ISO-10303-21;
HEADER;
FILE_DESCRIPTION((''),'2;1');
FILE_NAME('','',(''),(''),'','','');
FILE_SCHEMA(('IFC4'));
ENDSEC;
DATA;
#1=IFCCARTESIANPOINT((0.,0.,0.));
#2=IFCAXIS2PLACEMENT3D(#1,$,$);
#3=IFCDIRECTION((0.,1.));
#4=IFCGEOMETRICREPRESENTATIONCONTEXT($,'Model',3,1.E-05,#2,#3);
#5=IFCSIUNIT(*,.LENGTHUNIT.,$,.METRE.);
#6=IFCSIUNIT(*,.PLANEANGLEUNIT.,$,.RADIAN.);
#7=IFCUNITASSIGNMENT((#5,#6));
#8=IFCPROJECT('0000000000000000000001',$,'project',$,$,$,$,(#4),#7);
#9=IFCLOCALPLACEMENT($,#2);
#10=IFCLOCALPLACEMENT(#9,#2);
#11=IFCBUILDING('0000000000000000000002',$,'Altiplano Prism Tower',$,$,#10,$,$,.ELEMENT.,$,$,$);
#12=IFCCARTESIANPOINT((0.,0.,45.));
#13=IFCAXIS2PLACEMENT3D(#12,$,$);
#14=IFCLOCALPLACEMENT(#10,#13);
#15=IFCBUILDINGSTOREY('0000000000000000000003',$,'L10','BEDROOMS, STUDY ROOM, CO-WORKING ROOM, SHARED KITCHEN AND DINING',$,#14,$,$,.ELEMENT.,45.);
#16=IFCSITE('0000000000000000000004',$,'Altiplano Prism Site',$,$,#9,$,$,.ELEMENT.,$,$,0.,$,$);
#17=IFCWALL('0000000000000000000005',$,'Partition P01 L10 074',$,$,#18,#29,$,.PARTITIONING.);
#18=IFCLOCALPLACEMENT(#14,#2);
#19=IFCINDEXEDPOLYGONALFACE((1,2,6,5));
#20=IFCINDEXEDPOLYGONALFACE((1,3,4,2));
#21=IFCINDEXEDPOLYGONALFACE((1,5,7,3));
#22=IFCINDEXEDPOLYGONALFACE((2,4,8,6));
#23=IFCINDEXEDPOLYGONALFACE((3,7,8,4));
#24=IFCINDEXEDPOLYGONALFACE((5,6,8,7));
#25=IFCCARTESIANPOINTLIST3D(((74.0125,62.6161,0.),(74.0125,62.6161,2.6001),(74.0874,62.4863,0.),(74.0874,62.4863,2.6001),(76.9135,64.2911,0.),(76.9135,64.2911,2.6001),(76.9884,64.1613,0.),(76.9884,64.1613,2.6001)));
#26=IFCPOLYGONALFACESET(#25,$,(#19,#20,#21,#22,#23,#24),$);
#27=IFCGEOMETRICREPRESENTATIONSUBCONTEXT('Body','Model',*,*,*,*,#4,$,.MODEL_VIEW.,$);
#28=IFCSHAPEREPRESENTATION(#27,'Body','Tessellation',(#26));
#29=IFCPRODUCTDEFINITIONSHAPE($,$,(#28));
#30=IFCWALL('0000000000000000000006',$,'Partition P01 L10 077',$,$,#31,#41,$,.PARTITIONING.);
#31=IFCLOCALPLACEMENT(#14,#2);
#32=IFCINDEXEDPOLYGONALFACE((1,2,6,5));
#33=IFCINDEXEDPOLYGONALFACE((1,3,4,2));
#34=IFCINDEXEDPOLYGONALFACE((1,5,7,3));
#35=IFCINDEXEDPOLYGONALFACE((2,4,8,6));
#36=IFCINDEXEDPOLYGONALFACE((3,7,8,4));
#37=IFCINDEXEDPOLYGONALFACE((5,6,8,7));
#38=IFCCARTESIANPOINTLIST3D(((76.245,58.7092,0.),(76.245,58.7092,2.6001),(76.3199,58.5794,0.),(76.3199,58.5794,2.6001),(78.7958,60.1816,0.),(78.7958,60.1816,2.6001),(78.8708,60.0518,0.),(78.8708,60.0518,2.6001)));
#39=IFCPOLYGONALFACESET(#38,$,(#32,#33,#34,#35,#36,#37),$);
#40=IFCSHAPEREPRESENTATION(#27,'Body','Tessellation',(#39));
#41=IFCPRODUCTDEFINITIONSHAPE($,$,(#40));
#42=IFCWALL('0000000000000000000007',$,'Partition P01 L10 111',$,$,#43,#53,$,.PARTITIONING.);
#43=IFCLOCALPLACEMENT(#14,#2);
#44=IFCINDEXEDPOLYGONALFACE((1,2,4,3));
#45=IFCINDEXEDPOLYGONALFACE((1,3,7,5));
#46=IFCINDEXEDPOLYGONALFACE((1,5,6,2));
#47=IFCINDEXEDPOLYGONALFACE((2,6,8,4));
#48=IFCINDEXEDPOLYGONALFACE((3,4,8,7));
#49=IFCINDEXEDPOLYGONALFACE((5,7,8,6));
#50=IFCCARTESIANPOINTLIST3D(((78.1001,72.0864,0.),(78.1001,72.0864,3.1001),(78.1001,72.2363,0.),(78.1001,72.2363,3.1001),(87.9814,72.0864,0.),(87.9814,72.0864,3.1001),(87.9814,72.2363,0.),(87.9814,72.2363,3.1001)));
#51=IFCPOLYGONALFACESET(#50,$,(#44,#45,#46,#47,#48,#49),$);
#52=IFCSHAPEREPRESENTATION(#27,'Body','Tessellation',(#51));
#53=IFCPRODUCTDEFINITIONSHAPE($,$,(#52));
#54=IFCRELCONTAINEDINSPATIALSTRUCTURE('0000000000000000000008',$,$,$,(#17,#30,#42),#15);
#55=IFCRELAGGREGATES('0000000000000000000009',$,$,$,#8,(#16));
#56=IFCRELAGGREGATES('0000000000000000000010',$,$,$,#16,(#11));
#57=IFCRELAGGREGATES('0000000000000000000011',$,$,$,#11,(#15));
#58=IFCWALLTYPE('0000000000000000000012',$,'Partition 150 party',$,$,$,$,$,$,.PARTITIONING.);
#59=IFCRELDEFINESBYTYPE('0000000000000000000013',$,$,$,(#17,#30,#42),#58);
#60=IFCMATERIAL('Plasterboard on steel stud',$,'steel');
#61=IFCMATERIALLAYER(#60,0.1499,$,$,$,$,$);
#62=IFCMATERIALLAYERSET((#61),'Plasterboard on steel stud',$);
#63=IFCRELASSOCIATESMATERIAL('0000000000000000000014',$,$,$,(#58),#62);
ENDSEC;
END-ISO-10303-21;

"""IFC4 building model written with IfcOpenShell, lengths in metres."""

from ifc_helpers import new_model, si_unit, direction, frame, frame_2d, origin, place, context, subcontext, project, spatial, rectangle, extrude, material, layer, layer_set, type_object, element, save


model = new_model("IFC4")

# Units and contexts
model_context = context("Model", 3, precision=1e-05, world=origin(), true_north=direction((0.0, 1.0)))
body_context = subcontext(model_context, "Body", "Model", "MODEL_VIEW")
ifc_project = project(units=[si_unit("LENGTHUNIT", "METRE"), si_unit("PLANEANGLEUNIT", "RADIAN")], contexts=[model_context])

# Site, building, storey
site_placement = place(None, origin())
site = spatial("IfcSite", under=ifc_project, at=site_placement, Name="Altiplano Prism Site", CompositionType="ELEMENT", RefElevation=0.0)
building_placement = place(site_placement, origin())
building = spatial("IfcBuilding", under=site, at=building_placement, Name="Altiplano Prism Tower", CompositionType="ELEMENT")
storey_placement = place(building_placement, frame((0.0, 0.0, 45.0)))
storey = spatial("IfcBuildingStorey", under=building, at=storey_placement, Name="L10", Description="BEDROOMS, STUDY ROOM, CO-WORKING ROOM, SHARED KITCHEN AND DINING", CompositionType="ELEMENT", Elevation=45.0)

# Shared definitions
ifc_material_1 = material(Name="Plasterboard on steel stud", Category="steel")

# Walls
ifc_layer_1 = layer(ifc_material_1, 0.1499)
ifc_layer_set_1 = layer_set([ifc_layer_1], Name="Plasterboard on steel stud")
wall_type_1 = type_object("IfcWallType", Name="Partition 150 party", PredefinedType="PARTITIONING", material=ifc_layer_set_1)
wall_1_placement = place(storey_placement, frame((74.05, 62.5513, 0.0), z_axis=(0.0, 0.0, 1.0), x_axis=(0.866014, 0.500019, 0.0)))
element("IfcWall", 1, at=wall_1_placement, inside=storey, type_object=wall_type_1, Name="Partition P01 L10 074", PredefinedType="PARTITIONING", context=body_context, shape_type="SweptSolid", body=[
    extrude(rectangle(XDim=3.3499, YDim=0.1499, at=frame_2d((1.6748, 0.0))), origin(), (0.0, 0.0, 1.0), 2.6001),
])
wall_2_placement = place(storey_placement, frame((76.2825, 58.6443, 0.0), z_axis=(0.0, 0.0, 1.0), x_axis=(0.866067, 0.499928, 0.0)))
element("IfcWall", 2, at=wall_2_placement, inside=storey, type_object=wall_type_1, Name="Partition P01 L10 077", PredefinedType="PARTITIONING", context=body_context, shape_type="SweptSolid", body=[
    extrude(rectangle(XDim=2.9453, YDim=0.1499, at=frame_2d((1.4727, 0.0))), origin(), (0.0, 0.0, 1.0), 2.6001),
])
wall_3_placement = place(storey_placement, frame((78.1001, 72.1614, 0.0), z_axis=(0.0, 0.0, 1.0), x_axis=(1.0, 0.0, 0.0)))
element("IfcWall", 3, at=wall_3_placement, inside=storey, type_object=wall_type_1, Name="Partition P01 L10 111", PredefinedType="PARTITIONING", context=body_context, shape_type="SweptSolid", body=[
    extrude(rectangle(XDim=9.8813, YDim=0.1499, at=frame_2d((4.9407, 0.0))), origin(), (0.0, 0.0, 1.0), 3.1001),
])

save(model, "model.ifc")
